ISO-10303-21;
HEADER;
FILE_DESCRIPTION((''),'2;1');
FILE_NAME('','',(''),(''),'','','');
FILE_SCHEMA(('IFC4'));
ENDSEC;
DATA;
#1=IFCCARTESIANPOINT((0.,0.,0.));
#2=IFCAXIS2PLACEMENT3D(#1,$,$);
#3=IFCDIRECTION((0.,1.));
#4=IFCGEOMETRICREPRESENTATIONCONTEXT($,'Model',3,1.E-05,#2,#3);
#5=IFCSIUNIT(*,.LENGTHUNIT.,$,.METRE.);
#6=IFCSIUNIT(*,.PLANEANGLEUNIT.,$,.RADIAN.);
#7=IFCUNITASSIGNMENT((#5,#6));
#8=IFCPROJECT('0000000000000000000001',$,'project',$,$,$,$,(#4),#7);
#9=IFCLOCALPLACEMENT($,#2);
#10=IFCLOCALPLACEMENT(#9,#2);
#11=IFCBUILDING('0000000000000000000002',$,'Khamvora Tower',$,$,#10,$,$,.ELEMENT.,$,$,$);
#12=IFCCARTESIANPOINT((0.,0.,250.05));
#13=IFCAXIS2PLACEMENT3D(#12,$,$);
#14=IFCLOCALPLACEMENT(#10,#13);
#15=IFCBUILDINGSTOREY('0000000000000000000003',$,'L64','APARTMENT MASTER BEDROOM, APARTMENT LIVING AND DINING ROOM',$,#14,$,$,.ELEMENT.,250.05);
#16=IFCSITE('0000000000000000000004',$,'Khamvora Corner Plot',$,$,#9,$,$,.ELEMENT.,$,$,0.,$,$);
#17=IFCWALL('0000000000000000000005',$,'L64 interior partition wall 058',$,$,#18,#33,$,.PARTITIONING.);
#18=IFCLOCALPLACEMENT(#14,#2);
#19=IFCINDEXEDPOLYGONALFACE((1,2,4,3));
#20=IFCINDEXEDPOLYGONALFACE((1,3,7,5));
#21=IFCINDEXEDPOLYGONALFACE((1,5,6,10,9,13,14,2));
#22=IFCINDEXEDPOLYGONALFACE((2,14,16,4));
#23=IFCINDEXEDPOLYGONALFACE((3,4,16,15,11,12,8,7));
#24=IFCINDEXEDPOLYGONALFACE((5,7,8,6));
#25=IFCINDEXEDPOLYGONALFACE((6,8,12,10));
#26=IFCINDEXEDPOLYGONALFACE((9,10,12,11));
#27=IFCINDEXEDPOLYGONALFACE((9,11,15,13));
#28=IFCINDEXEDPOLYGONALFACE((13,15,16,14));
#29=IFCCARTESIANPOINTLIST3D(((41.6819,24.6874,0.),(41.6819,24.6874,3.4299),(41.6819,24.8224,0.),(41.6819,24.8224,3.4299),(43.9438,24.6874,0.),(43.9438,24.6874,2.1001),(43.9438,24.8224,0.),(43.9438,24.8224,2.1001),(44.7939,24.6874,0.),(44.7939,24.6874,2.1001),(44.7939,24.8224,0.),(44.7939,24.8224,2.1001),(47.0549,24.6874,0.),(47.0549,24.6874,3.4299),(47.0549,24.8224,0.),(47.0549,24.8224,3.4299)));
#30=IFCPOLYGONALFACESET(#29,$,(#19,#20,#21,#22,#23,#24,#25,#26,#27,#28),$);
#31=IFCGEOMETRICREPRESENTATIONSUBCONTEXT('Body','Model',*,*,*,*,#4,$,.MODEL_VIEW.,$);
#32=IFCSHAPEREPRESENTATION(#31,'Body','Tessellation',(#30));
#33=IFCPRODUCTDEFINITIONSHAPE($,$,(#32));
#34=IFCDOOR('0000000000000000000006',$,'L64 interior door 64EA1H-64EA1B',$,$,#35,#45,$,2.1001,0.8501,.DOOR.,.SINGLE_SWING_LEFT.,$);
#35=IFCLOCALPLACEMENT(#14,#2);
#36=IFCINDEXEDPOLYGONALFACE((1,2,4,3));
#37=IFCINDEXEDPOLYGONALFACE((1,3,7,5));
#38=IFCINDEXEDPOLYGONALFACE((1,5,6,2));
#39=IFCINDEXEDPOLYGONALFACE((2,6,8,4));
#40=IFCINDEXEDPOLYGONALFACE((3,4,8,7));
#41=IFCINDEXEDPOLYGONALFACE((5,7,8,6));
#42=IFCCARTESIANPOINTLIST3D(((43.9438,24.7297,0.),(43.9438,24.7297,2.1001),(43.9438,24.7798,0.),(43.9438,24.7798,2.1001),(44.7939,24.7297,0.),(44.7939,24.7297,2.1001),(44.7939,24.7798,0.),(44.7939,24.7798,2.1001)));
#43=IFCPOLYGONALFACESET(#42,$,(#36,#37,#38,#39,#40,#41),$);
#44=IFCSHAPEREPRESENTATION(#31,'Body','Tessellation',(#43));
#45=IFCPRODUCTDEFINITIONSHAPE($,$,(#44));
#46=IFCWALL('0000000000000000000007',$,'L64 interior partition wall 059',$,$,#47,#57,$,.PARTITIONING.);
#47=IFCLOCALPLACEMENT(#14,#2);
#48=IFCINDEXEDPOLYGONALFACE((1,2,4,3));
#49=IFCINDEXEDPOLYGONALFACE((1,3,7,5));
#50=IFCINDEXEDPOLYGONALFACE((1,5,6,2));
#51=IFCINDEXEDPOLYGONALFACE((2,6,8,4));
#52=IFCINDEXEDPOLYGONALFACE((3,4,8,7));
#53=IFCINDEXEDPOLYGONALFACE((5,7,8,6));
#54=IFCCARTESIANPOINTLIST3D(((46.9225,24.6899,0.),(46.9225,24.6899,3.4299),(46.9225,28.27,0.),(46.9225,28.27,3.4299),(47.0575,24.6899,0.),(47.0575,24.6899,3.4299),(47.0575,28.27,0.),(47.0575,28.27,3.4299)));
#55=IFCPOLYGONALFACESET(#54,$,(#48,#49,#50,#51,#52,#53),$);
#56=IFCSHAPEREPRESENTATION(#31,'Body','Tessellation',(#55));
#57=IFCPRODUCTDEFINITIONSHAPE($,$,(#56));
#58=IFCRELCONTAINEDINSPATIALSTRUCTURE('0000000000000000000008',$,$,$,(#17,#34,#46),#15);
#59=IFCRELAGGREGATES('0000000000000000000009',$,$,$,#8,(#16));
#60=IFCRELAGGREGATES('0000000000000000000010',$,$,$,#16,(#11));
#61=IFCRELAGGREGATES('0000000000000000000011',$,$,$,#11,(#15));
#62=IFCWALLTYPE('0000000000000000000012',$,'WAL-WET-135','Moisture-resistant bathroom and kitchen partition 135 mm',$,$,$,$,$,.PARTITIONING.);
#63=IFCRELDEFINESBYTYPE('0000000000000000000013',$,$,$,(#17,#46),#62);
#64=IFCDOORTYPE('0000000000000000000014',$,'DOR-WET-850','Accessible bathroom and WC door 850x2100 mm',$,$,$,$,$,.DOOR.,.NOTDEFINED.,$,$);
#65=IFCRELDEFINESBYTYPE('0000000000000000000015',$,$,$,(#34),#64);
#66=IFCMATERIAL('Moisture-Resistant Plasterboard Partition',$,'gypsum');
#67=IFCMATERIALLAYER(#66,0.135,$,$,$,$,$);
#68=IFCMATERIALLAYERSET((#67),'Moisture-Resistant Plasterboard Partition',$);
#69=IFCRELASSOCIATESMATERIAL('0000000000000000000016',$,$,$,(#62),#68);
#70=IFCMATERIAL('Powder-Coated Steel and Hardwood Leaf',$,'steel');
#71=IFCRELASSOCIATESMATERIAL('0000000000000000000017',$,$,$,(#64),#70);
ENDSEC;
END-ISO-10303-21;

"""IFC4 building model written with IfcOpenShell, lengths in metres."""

from ifc_helpers import new_model, si_unit, direction, frame, frame_2d, origin, place, context, subcontext, project, spatial, rectangle, extrude, material, layer, layer_set, type_object, element, fill, save


model = new_model("IFC4")

# Units and contexts
model_context = context("Model", 3, precision=1e-05, world=origin(), true_north=direction((0.0, 1.0)))
body_context = subcontext(model_context, "Body", "Model", "MODEL_VIEW")
ifc_project = project(units=[si_unit("LENGTHUNIT", "METRE"), si_unit("PLANEANGLEUNIT", "RADIAN")], contexts=[model_context])

# Site, building, storey
site_placement = place(None, origin())
site = spatial("IfcSite", under=ifc_project, at=site_placement, Name="Khamvora Corner Plot", CompositionType="ELEMENT", RefElevation=0.0)
building_placement = place(site_placement, origin())
building = spatial("IfcBuilding", under=site, at=building_placement, Name="Khamvora Tower", CompositionType="ELEMENT")
storey_placement = place(building_placement, frame((0.0, 0.0, 250.05)))
storey = spatial("IfcBuildingStorey", under=building, at=storey_placement, Name="L64", Description="APARTMENT MASTER BEDROOM, APARTMENT LIVING AND DINING ROOM", CompositionType="ELEMENT", Elevation=250.05)

# Shared definitions
ifc_material_1 = material(Name="Powder-Coated Steel and Hardwood Leaf", Category="steel")

# Wall, opening, door
ifc_material_2 = material(Name="Moisture-Resistant Plasterboard Partition", Category="gypsum")
ifc_layer_1 = layer(ifc_material_2, 0.135)
ifc_layer_set_1 = layer_set([ifc_layer_1], Name="Moisture-Resistant Plasterboard Partition")
wall_type_1 = type_object("IfcWallType", Name="WAL-WET-135", Description="Moisture-resistant bathroom and kitchen partition 135 mm", PredefinedType="PARTITIONING", material=ifc_layer_set_1)
wall_1_placement = place(storey_placement, frame((41.6819, 24.7549, 0.0), z_axis=(0.0, 0.0, 1.0), x_axis=(1.0, 0.0, 0.0)))
wall_1 = element("IfcWall", 1, at=wall_1_placement, inside=storey, type_object=wall_type_1, Name="L64 interior partition wall 058", PredefinedType="PARTITIONING", context=body_context, shape_type="SweptSolid", body=[
    extrude(rectangle(XDim=5.373, YDim=0.135, at=frame_2d((2.6865, 0.0))), origin(), (0.0, 0.0, 1.0), 3.4299),
])
opening_1_placement = place(wall_1_placement, frame((2.262, 0.0, 0.0)))
opening_1 = element("IfcOpeningElement", 2, at=opening_1_placement, cuts=wall_1, PredefinedType="OPENING", context=body_context, shape_type="SweptSolid", body=[
    extrude(rectangle(XDim=0.8501, YDim=2.1001, at=frame_2d((0.425, 1.05))), frame((0.0, 0.0774, 0.0), z_axis=(0.0, -1.0, 0.0), x_axis=(1.0, 0.0, 0.0)), (0.0, 0.0, 1.0), 0.155),
])
door_type_1 = type_object("IfcDoorType", Name="DOR-WET-850", Description="Accessible bathroom and WC door 850x2100 mm", OperationType="NOTDEFINED", PredefinedType="DOOR", material=ifc_material_1)
door_1_placement = place(opening_1_placement, origin())
door_1 = element("IfcDoor", 3, at=door_1_placement, inside=storey, type_object=door_type_1, Name="L64 interior door 64EA1H-64EA1B", OperationType="SINGLE_SWING_LEFT", OverallHeight=2.1001, OverallWidth=0.8501, PredefinedType="DOOR", context=body_context, shape_type="SweptSolid", body=[
    extrude(rectangle(XDim=0.8501, YDim=2.1001, at=frame_2d((0.425, 1.05))), frame((0.0, 0.0249, 0.0), z_axis=(0.0, -1.0, 0.0), x_axis=(1.0, 0.0, 0.0)), (0.0, 0.0, 1.0), 0.05),
])
fill(opening_1, door_1)

# Wall
wall_2_placement = place(storey_placement, frame((46.99, 24.6899, 0.0), z_axis=(0.0, 0.0, 1.0), x_axis=(0.0, 1.0, 0.0)))
element("IfcWall", 4, at=wall_2_placement, inside=storey, type_object=wall_type_1, Name="L64 interior partition wall 059", PredefinedType="PARTITIONING", context=body_context, shape_type="SweptSolid", body=[
    extrude(rectangle(XDim=3.5801, YDim=0.135, at=frame_2d((1.79, 0.0))), origin(), (0.0, 0.0, 1.0), 3.4299),
])

save(model, "model.ifc")
